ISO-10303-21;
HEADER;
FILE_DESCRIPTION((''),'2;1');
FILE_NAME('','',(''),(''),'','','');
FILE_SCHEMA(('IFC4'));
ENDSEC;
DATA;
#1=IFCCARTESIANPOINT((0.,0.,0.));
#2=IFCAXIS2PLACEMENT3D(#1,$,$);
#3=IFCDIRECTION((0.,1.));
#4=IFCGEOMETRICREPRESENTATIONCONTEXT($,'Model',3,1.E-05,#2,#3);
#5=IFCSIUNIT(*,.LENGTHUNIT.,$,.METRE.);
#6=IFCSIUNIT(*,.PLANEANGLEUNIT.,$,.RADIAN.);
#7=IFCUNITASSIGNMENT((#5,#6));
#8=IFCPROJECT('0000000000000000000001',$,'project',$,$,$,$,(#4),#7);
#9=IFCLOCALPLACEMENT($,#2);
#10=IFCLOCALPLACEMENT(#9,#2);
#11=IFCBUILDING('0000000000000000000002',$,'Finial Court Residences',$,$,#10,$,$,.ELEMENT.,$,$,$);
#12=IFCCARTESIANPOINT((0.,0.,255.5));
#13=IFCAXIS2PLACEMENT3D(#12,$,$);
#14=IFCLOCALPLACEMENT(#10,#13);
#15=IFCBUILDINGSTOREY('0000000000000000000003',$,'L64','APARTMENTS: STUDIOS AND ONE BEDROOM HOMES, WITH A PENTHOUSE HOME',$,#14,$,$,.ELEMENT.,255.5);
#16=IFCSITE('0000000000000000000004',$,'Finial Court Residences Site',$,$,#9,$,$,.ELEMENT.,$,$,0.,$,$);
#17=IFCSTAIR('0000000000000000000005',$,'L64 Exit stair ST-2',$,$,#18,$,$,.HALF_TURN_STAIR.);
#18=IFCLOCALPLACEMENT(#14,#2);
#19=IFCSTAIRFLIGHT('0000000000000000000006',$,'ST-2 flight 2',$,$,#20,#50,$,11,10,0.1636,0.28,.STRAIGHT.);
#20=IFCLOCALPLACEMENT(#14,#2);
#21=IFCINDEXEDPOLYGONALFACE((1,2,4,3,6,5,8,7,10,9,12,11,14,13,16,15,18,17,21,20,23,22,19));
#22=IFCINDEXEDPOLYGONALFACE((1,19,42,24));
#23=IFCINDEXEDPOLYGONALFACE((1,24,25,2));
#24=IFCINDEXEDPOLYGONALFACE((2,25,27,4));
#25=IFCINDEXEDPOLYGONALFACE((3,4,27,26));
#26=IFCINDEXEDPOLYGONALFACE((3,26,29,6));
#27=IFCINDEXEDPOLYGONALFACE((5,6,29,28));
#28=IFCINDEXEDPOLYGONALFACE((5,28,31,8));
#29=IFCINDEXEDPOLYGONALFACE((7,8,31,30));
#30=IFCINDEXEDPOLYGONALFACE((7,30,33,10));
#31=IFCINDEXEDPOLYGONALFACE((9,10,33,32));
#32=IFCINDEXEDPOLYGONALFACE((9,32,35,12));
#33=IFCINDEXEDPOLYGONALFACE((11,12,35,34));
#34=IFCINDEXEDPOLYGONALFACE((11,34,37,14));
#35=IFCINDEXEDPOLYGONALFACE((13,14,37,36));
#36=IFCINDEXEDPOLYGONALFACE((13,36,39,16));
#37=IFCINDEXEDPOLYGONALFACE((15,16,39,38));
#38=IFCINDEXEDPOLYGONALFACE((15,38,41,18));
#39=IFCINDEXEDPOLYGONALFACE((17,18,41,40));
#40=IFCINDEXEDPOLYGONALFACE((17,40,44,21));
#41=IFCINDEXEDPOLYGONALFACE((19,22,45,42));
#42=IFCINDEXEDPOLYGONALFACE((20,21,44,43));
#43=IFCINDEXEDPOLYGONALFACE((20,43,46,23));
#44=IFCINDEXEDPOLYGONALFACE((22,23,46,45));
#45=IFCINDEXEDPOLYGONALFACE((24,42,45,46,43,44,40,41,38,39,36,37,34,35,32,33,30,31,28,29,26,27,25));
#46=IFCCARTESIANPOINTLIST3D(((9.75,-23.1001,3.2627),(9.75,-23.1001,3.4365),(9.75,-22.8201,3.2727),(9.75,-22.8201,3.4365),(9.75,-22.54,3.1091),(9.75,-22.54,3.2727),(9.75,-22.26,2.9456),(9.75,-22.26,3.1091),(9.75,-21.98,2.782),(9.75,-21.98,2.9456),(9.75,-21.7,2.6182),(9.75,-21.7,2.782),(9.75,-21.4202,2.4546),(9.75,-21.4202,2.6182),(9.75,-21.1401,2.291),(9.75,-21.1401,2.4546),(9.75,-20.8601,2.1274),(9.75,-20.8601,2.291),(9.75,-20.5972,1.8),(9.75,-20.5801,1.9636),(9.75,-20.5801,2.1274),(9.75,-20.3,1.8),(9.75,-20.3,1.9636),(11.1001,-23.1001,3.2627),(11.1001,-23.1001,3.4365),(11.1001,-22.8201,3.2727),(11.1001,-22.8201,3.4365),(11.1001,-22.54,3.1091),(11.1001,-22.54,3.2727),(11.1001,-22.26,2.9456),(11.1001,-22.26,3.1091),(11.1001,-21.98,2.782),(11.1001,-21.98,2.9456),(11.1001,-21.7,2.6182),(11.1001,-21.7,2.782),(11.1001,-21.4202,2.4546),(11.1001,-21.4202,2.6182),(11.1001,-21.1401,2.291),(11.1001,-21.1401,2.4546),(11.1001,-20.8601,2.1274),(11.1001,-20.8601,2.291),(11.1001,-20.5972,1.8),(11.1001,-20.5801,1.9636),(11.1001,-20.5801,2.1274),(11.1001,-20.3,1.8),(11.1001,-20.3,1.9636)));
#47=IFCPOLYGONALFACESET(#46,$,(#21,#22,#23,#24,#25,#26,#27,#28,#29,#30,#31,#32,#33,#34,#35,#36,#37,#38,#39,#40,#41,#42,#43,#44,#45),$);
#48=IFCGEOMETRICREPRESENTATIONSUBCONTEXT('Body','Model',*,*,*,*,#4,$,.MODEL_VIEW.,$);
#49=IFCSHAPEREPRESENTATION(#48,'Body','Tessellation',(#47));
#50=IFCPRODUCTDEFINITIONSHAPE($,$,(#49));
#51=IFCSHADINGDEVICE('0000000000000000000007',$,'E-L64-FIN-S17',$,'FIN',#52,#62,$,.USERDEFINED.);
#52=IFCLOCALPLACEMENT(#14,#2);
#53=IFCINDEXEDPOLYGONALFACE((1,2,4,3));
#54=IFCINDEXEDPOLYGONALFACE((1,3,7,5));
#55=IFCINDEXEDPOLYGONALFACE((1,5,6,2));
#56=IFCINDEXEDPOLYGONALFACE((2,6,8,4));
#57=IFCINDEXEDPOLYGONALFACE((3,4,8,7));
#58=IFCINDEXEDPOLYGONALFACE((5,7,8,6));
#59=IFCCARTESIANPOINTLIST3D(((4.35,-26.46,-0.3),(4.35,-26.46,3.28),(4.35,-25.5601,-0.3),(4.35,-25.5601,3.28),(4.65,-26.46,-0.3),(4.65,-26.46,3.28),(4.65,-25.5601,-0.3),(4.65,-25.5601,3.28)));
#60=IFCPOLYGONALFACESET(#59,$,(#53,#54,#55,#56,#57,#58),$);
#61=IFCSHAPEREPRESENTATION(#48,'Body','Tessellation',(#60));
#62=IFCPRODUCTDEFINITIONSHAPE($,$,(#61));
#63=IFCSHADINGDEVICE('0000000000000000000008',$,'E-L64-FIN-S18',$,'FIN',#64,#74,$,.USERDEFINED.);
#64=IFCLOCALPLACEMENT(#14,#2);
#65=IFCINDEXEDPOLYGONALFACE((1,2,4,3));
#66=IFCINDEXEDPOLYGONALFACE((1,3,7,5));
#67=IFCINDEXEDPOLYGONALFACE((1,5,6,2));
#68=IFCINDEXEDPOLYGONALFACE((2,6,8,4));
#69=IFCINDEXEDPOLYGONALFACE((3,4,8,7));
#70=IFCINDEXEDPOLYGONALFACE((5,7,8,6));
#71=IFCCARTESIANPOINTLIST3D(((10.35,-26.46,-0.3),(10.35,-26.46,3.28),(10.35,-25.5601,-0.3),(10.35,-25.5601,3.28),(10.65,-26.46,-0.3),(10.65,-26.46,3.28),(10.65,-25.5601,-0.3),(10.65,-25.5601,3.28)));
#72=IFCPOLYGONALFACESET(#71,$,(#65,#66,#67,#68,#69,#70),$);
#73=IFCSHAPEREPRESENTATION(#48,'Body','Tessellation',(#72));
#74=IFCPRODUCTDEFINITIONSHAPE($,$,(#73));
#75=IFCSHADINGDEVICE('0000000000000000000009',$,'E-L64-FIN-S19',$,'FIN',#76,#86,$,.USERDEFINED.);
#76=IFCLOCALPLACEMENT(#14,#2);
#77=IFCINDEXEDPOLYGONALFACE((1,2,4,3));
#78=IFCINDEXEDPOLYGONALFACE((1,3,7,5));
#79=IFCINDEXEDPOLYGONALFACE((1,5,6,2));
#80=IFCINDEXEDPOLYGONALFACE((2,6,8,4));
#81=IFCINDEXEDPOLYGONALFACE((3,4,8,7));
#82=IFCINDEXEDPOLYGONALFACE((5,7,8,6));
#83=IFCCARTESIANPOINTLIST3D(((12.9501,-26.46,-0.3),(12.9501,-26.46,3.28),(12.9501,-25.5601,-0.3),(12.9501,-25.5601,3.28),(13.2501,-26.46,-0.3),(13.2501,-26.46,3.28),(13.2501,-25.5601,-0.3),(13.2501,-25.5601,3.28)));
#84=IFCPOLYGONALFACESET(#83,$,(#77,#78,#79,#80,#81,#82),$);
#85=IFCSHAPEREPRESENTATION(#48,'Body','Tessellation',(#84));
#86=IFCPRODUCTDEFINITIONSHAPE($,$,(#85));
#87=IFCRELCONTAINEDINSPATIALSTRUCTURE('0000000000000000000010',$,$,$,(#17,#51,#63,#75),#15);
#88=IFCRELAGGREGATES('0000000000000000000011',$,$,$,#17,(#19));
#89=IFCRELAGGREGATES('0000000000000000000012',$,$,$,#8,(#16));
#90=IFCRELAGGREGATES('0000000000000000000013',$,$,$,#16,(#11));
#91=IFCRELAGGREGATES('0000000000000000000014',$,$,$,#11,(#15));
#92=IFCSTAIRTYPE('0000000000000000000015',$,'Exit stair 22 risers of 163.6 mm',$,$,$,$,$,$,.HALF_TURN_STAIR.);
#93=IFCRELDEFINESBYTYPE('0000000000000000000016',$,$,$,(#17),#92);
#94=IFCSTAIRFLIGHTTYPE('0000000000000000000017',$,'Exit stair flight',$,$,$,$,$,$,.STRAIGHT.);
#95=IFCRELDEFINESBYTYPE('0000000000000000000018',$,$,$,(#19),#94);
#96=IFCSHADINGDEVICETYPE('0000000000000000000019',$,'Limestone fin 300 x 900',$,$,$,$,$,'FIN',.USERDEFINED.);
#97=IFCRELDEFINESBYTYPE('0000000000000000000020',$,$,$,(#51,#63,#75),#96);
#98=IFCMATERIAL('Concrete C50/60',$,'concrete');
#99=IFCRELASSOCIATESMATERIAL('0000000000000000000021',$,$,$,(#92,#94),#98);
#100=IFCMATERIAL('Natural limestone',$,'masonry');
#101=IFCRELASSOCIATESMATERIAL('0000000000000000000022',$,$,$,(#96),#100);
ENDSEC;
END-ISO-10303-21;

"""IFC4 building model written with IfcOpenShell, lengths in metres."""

from ifc_helpers import new_model, si_unit, direction, frame, origin, origin_2d, place, context, subcontext, project, spatial, polyline, rectangle, outline, extrude, material, type_object, element, aggregate, save


model = new_model("IFC4")

# Units and contexts
model_context = context("Model", 3, precision=1e-05, world=origin(), true_north=direction((0.0, 1.0)))
body_context = subcontext(model_context, "Body", "Model", "MODEL_VIEW")
ifc_project = project(units=[si_unit("LENGTHUNIT", "METRE"), si_unit("PLANEANGLEUNIT", "RADIAN")], contexts=[model_context])

# Site, building, storey
site_placement = place(None, origin())
site = spatial("IfcSite", under=ifc_project, at=site_placement, Name="Finial Court Residences Site", CompositionType="ELEMENT", RefElevation=0.0)
building_placement = place(site_placement, origin())
building = spatial("IfcBuilding", under=site, at=building_placement, Name="Finial Court Residences", CompositionType="ELEMENT")
storey_placement = place(building_placement, frame((0.0, 0.0, 255.5)))
storey = spatial("IfcBuildingStorey", under=building, at=storey_placement, Name="L64", Description="APARTMENTS: STUDIOS AND ONE BEDROOM HOMES, WITH A PENTHOUSE HOME", CompositionType="ELEMENT", Elevation=255.5)

# Shared definitions
ifc_material_1 = material(Name="Concrete C50/60", Category="concrete")

# Stair, stair flight
stair_type = type_object("IfcStairType", Name="Exit stair 22 risers of 163.6 mm", PredefinedType="HALF_TURN_STAIR", material=ifc_material_1)
stair_placement = place(storey_placement, origin())
stair = element("IfcStair", 1, at=stair_placement, inside=storey, type_object=stair_type, Name="L64 Exit stair ST-2", PredefinedType="HALF_TURN_STAIR")
stair_flight_type = type_object("IfcStairFlightType", Name="Exit stair flight", PredefinedType="STRAIGHT", material=ifc_material_1)
stair_flight_1_placement = place(storey_placement, frame((10.425, -20.3, 1.8), z_axis=(0.0, 0.0, 1.0), x_axis=(0.0, -1.0, 0.0)))
stair_flight_1 = element("IfcStairFlight", 2, at=stair_flight_1_placement, type_object=stair_flight_type, Name="ST-2 flight 2", NumberOfRisers=11, NumberOfTreads=10, PredefinedType="STRAIGHT", RiserHeight=0.1636, TreadLength=0.28, context=body_context, shape_type="SweptSolid", body=[
    extrude(outline(polyline([(0.0, 0.0), (0.0, 0.1636), (0.28, 0.1636), (0.28, 0.3274), (0.5601, 0.3274), (0.5601, 0.491), (0.8401, 0.491), (0.8401, 0.6545), (1.1201, 0.6545), (1.1201, 0.8181), (1.3999, 0.8181), (1.3999, 0.9819), (1.6799, 0.9819), (1.6799, 1.1455), (1.96, 1.1455), (1.96, 1.3091), (2.24, 1.3091), (2.24, 1.4727), (2.52, 1.4727), (2.52, 1.6365), (2.8, 1.6365), (2.8, 1.8), (2.8, 1.4626), (0.2971, 0.0), (0.0, 0.0)])), frame((0.0, 0.675, 0.0), z_axis=(0.0, -1.0, 0.0), x_axis=(1.0, 0.0, 0.0)), (0.0, 0.0, 1.0), 1.3501),
])
aggregate(stair, [stair_flight_1])

# Shading devices
ifc_material_2 = material(Name="Natural limestone", Category="masonry")
shading_device_type = type_object("IfcShadingDeviceType", Name="Limestone fin 300 x 900", ElementType="FIN", PredefinedType="USERDEFINED", material=ifc_material_2)
for number, where, z_axis, x_axis, name in (
    (3, (4.5, -26.01, -0.3), (0.0, 0.0, 1.0), (1.0, 0.0, 0.0), "E-L64-FIN-S17"),
    (4, (10.5, -26.01, -0.3), (0.0, 0.0, 1.0), (1.0, 0.0, 0.0), "E-L64-FIN-S18"),
    (5, (13.1001, -26.01, -0.3), (0.0, 0.0, 1.0), (1.0, 0.0, 0.0), "E-L64-FIN-S19"),
):
    element("IfcShadingDevice", number, at=place(storey_placement, frame(where, z_axis=z_axis, x_axis=x_axis)), inside=storey, type_object=shading_device_type, Name=name, ObjectType="FIN", PredefinedType="USERDEFINED", context=body_context, shape_type="SweptSolid", body=[
        extrude(rectangle(XDim=0.3, YDim=0.8999, at=origin_2d()), origin(), (0.0, 0.0, 1.0), 3.5801),
    ])

save(model, "model.ifc")
